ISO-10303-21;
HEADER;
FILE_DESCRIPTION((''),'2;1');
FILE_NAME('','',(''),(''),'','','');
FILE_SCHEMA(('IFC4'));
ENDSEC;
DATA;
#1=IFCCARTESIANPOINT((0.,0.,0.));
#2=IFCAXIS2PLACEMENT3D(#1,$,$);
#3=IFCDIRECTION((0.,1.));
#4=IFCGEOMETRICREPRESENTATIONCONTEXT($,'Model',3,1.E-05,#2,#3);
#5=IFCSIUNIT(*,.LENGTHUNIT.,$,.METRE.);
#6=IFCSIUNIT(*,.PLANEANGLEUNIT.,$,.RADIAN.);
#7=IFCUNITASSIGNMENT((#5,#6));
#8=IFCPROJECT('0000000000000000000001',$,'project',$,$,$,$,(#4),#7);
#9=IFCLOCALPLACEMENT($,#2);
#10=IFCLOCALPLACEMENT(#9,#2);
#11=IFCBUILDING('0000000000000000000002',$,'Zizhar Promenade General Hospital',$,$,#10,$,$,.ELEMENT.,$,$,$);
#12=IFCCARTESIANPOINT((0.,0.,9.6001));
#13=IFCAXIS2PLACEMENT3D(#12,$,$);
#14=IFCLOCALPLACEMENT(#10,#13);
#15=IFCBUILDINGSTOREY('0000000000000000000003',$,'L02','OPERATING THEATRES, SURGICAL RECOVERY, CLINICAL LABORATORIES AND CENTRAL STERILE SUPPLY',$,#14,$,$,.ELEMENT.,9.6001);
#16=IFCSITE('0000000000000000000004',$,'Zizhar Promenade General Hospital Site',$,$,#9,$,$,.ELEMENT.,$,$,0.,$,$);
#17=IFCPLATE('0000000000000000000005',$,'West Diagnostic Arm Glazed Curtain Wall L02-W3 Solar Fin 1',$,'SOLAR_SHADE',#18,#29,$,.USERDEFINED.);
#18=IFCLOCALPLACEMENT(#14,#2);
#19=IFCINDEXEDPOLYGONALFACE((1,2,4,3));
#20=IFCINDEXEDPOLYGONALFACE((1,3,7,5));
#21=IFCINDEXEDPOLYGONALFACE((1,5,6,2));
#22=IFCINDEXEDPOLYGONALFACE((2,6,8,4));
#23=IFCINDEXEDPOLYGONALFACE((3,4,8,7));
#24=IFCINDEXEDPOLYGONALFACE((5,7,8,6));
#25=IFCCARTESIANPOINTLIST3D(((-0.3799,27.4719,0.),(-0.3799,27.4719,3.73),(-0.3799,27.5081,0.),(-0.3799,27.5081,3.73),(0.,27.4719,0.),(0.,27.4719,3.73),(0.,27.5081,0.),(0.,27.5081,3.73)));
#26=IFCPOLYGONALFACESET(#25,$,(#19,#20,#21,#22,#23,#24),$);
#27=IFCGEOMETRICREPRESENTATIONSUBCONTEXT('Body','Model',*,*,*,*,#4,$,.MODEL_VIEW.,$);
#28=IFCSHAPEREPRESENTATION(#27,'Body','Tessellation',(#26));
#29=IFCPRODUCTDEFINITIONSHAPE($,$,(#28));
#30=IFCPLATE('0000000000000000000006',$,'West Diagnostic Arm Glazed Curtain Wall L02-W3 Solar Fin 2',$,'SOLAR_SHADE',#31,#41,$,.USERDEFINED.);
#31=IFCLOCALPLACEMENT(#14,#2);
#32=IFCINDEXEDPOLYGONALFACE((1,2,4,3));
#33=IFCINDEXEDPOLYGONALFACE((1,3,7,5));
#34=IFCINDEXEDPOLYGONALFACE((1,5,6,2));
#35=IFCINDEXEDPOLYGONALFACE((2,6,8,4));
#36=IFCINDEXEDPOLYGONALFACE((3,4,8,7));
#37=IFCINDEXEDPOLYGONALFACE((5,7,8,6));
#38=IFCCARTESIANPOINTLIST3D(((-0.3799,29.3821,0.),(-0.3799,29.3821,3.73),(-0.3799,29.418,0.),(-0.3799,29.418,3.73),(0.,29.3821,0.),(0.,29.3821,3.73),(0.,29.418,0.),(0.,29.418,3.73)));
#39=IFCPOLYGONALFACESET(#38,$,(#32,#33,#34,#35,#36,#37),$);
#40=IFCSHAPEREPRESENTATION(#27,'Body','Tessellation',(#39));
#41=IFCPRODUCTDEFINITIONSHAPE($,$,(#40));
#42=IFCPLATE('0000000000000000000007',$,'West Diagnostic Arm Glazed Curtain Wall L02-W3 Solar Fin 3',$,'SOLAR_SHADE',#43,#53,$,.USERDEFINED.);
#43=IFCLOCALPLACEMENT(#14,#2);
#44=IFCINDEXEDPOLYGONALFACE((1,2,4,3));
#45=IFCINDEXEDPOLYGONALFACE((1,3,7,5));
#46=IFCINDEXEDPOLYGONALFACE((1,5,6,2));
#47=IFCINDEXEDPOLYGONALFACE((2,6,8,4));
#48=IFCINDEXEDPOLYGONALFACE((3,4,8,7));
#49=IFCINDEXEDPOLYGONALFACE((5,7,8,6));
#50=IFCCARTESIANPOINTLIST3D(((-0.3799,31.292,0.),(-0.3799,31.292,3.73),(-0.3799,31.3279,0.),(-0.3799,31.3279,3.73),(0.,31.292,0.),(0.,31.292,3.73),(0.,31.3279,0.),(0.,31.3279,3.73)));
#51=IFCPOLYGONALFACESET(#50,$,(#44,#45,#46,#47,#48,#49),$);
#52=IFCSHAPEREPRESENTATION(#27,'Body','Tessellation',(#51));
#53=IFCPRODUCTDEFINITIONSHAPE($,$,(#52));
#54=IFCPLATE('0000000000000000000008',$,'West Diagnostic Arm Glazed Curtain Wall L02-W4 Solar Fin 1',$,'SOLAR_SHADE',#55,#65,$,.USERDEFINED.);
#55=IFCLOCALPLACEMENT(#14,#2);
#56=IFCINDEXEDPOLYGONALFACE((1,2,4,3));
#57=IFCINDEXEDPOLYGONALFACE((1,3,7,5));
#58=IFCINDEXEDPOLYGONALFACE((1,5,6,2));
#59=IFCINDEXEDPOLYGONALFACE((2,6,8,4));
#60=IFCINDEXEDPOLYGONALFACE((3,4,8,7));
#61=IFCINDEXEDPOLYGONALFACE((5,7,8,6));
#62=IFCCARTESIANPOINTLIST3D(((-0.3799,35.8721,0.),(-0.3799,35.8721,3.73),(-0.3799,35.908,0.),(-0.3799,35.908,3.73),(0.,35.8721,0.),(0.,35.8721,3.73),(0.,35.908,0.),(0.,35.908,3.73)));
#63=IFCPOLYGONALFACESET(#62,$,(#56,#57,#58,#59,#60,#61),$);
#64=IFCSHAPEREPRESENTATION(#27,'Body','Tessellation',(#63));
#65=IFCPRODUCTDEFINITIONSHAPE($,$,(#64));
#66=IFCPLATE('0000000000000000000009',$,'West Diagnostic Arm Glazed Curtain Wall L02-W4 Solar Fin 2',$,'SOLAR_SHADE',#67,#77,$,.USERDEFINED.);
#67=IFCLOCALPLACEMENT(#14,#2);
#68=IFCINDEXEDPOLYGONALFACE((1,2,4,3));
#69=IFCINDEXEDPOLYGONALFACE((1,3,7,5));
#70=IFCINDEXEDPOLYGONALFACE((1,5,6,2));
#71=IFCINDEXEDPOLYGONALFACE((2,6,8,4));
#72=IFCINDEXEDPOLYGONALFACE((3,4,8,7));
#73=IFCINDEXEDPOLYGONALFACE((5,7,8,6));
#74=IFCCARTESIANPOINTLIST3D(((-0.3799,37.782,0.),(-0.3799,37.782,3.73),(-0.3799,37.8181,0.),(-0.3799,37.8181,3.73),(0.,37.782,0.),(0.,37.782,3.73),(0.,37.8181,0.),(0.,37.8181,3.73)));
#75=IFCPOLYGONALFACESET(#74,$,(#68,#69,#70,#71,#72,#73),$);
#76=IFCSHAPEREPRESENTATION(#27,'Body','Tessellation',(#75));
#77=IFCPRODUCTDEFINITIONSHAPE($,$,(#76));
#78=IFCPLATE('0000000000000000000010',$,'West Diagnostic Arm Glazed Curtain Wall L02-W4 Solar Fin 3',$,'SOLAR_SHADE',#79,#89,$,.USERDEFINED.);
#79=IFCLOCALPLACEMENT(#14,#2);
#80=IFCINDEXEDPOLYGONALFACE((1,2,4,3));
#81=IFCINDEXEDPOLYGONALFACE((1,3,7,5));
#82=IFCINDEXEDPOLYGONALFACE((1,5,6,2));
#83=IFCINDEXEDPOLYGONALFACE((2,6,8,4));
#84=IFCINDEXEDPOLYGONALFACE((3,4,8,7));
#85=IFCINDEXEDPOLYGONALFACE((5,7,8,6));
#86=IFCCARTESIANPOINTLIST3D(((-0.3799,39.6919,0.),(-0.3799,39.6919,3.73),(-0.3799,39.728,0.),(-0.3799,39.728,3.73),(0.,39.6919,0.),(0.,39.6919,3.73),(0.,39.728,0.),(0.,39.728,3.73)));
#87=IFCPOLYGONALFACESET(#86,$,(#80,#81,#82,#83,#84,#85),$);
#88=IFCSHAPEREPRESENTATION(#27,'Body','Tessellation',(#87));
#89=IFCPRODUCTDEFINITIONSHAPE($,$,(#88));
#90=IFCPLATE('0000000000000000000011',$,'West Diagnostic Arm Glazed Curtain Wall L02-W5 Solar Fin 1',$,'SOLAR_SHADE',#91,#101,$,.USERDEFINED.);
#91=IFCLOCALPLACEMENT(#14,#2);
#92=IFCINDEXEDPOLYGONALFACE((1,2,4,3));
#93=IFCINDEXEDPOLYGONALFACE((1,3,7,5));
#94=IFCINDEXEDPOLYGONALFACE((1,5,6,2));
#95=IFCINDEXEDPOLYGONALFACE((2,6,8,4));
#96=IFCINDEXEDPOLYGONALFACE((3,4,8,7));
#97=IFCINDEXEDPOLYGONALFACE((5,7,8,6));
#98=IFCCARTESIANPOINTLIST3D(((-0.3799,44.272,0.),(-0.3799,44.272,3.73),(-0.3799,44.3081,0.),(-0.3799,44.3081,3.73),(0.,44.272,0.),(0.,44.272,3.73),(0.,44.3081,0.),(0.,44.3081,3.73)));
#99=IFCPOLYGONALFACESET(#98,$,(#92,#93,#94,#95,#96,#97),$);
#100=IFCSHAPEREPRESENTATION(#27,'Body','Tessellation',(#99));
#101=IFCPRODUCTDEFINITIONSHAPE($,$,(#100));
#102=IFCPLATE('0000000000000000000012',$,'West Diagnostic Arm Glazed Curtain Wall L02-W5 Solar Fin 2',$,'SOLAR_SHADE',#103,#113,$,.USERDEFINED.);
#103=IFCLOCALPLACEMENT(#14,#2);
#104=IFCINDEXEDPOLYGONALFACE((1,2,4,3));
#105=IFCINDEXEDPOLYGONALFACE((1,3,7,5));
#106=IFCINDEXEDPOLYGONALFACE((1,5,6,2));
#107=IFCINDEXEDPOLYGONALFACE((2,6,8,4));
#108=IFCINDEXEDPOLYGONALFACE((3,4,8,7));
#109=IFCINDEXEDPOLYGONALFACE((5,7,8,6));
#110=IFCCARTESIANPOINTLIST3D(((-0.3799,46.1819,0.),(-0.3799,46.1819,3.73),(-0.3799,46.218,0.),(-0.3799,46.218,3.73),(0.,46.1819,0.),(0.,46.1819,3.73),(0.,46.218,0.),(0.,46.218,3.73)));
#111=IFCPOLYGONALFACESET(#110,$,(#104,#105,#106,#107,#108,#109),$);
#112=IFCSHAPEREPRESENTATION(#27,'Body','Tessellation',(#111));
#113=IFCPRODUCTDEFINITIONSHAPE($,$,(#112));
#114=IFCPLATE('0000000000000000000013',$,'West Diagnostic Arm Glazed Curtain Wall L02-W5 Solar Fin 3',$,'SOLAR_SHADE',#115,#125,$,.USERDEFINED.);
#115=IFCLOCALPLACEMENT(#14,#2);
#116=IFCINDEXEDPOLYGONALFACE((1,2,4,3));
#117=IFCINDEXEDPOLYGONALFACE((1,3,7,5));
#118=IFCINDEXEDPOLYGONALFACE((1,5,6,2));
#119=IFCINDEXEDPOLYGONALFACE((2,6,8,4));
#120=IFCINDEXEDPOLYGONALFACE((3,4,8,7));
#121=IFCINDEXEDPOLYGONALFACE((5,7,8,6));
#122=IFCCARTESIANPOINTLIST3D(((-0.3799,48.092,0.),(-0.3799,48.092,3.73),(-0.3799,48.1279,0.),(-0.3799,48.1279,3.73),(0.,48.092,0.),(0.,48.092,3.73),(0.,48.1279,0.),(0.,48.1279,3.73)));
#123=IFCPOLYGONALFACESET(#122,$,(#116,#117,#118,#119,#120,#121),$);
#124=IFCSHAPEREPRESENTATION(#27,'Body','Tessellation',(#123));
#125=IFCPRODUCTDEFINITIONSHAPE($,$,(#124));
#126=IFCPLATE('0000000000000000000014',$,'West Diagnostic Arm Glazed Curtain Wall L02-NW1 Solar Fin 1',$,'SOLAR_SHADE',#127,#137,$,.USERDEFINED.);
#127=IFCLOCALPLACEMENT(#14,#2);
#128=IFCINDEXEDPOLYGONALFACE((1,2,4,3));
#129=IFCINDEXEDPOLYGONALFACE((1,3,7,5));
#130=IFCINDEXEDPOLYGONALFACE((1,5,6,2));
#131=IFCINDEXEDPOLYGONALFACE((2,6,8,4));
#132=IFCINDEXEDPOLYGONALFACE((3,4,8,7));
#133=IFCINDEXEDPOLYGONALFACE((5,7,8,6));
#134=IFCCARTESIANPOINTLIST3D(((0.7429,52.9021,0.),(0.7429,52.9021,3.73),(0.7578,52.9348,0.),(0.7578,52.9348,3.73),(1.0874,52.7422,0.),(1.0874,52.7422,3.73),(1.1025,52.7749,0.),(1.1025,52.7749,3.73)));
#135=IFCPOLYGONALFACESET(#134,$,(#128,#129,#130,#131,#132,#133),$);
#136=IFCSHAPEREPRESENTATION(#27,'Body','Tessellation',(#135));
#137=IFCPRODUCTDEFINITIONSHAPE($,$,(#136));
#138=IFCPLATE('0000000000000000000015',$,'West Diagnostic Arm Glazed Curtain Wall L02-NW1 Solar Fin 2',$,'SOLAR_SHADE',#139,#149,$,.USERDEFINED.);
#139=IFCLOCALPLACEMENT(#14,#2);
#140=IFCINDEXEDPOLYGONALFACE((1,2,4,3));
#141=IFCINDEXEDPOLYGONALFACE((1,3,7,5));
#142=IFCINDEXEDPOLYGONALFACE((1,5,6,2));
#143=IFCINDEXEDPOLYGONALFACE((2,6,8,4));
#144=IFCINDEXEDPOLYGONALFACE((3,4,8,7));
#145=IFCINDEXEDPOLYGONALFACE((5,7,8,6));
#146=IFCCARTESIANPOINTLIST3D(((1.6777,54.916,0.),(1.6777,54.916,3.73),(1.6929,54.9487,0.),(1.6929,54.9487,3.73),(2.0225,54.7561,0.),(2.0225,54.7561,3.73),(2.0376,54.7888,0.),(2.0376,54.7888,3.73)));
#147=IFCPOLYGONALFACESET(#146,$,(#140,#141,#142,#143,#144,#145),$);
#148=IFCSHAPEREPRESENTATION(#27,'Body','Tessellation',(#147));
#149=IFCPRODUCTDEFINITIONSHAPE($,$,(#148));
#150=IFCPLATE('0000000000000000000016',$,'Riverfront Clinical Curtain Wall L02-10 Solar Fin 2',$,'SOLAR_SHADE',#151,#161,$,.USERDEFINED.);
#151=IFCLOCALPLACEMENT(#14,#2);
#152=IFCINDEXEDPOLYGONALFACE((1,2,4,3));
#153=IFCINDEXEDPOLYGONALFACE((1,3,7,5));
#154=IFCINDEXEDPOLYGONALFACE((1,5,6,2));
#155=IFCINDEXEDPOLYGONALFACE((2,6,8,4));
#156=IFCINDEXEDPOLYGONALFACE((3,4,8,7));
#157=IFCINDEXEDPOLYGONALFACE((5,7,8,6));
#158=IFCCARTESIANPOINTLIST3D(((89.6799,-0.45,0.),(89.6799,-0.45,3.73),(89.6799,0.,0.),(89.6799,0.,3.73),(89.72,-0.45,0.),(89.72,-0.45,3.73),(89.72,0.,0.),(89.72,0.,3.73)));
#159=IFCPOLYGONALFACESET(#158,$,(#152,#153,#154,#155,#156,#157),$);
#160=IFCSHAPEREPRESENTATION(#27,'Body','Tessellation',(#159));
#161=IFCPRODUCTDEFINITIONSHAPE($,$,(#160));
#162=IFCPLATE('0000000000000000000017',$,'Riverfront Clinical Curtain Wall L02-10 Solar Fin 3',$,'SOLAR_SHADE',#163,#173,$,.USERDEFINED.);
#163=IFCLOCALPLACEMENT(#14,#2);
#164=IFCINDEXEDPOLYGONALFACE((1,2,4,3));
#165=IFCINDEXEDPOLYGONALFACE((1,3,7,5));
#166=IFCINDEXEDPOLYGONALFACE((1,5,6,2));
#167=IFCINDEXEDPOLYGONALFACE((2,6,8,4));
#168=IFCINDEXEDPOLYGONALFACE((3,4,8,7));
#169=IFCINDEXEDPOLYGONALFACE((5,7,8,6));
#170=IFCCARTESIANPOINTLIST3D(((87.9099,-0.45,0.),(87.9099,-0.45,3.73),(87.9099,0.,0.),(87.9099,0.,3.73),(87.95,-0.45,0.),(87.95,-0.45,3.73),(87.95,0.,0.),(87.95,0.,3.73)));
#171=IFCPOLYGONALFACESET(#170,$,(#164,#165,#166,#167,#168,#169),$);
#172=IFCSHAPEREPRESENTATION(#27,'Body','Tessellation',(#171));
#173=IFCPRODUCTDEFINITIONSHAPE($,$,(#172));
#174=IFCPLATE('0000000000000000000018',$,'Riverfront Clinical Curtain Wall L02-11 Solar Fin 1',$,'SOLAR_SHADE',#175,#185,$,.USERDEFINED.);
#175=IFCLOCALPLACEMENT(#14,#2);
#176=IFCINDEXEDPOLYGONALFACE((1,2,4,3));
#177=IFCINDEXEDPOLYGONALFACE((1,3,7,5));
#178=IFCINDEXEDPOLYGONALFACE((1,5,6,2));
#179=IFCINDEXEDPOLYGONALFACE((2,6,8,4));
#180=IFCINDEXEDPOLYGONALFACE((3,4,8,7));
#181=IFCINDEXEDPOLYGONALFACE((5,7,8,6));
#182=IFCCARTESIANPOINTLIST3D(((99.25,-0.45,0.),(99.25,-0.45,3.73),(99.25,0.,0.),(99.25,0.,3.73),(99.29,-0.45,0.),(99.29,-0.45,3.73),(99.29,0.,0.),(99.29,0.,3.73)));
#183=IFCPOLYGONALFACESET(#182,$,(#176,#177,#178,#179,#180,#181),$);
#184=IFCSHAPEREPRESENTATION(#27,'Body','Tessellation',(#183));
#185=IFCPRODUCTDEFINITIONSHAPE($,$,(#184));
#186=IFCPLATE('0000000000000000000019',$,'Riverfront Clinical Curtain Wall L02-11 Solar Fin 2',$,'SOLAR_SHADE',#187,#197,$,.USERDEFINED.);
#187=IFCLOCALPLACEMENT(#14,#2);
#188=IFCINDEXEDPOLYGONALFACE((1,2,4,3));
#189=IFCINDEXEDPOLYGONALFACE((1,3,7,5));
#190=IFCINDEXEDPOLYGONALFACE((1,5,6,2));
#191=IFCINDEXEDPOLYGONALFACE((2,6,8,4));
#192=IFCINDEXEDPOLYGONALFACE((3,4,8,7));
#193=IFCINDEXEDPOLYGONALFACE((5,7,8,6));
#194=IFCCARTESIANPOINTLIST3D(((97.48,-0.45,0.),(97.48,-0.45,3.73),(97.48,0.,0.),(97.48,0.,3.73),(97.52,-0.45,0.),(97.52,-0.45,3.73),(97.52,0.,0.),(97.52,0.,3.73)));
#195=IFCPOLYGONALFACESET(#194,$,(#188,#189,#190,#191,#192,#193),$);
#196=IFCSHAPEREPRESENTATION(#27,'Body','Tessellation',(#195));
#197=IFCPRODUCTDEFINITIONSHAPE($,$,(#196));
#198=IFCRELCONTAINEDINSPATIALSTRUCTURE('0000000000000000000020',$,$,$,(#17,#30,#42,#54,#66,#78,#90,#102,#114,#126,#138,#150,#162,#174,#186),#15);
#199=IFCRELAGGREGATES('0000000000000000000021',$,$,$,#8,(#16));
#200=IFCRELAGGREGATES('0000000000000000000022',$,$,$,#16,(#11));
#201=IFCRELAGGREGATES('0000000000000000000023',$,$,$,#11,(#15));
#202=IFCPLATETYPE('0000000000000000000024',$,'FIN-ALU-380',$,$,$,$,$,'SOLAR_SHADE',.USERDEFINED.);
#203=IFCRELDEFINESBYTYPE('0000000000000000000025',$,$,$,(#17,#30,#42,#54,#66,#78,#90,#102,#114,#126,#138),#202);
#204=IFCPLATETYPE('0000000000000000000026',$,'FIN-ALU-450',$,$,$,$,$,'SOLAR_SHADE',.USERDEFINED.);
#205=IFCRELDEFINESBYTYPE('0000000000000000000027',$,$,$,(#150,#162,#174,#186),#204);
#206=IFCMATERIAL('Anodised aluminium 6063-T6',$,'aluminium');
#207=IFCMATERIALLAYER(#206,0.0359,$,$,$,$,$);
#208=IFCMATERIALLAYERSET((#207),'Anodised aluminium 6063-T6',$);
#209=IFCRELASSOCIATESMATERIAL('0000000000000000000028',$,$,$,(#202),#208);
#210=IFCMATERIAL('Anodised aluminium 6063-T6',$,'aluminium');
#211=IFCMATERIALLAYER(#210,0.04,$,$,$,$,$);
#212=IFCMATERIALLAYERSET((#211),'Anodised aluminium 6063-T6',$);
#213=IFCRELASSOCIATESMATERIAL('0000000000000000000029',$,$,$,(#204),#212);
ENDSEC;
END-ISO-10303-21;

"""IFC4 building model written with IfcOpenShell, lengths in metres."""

from ifc_helpers import new_model, si_unit, direction, frame, origin, place, context, subcontext, project, spatial, polyline, outline, extrude, material, layer, layer_set, type_object, element, save


model = new_model("IFC4")

# Units and contexts
model_context = context("Model", 3, precision=1e-05, world=origin(), true_north=direction((0.0, 1.0)))
body_context = subcontext(model_context, "Body", "Model", "MODEL_VIEW")
ifc_project = project(units=[si_unit("LENGTHUNIT", "METRE"), si_unit("PLANEANGLEUNIT", "RADIAN")], contexts=[model_context])

# Site, building, storey
site_placement = place(None, origin())
site = spatial("IfcSite", under=ifc_project, at=site_placement, Name="Zizhar Promenade General Hospital Site", CompositionType="ELEMENT", RefElevation=0.0)
building_placement = place(site_placement, origin())
building = spatial("IfcBuilding", under=site, at=building_placement, Name="Zizhar Promenade General Hospital", CompositionType="ELEMENT")
storey_placement = place(building_placement, frame((0.0, 0.0, 9.6001)))
storey = spatial("IfcBuildingStorey", under=building, at=storey_placement, Name="L02", Description="OPERATING THEATRES, SURGICAL RECOVERY, CLINICAL LABORATORIES AND CENTRAL STERILE SUPPLY", CompositionType="ELEMENT", Elevation=9.6001)

# Plates
ifc_material_1 = material(Name="Anodised aluminium 6063-T6", Category="aluminium")
ifc_layer_1 = layer(ifc_material_1, 0.0359)
ifc_layer_set_1 = layer_set([ifc_layer_1], Name="Anodised aluminium 6063-T6")
plate_type_1 = type_object("IfcPlateType", Name="FIN-ALU-380", ElementType="SOLAR_SHADE", PredefinedType="USERDEFINED", material=ifc_layer_set_1)
plate_1_placement = place(storey_placement, origin())
element("IfcPlate", 1, at=plate_1_placement, inside=storey, type_object=plate_type_1, Name="West Diagnostic Arm Glazed Curtain Wall L02-W3 Solar Fin 1", ObjectType="SOLAR_SHADE", PredefinedType="USERDEFINED", context=body_context, shape_type="SweptSolid", body=[
    extrude(outline(polyline([(0.0, 27.4719), (0.0, 27.5081), (-0.3799, 27.5081), (-0.3799, 27.4719), (0.0, 27.4719)])), origin(), (0.0, 0.0, 1.0), 3.73),
])
plate_2_placement = place(storey_placement, origin())
element("IfcPlate", 2, at=plate_2_placement, inside=storey, type_object=plate_type_1, Name="West Diagnostic Arm Glazed Curtain Wall L02-W3 Solar Fin 2", ObjectType="SOLAR_SHADE", PredefinedType="USERDEFINED", context=body_context, shape_type="SweptSolid", body=[
    extrude(outline(polyline([(0.0, 29.3821), (0.0, 29.418), (-0.3799, 29.418), (-0.3799, 29.3821), (0.0, 29.3821)])), origin(), (0.0, 0.0, 1.0), 3.73),
])
plate_3_placement = place(storey_placement, origin())
element("IfcPlate", 3, at=plate_3_placement, inside=storey, type_object=plate_type_1, Name="West Diagnostic Arm Glazed Curtain Wall L02-W3 Solar Fin 3", ObjectType="SOLAR_SHADE", PredefinedType="USERDEFINED", context=body_context, shape_type="SweptSolid", body=[
    extrude(outline(polyline([(0.0, 31.292), (0.0, 31.3279), (-0.3799, 31.3279), (-0.3799, 31.292), (0.0, 31.292)])), origin(), (0.0, 0.0, 1.0), 3.73),
])
plate_4_placement = place(storey_placement, origin())
element("IfcPlate", 4, at=plate_4_placement, inside=storey, type_object=plate_type_1, Name="West Diagnostic Arm Glazed Curtain Wall L02-W4 Solar Fin 1", ObjectType="SOLAR_SHADE", PredefinedType="USERDEFINED", context=body_context, shape_type="SweptSolid", body=[
    extrude(outline(polyline([(0.0, 35.8721), (0.0, 35.908), (-0.3799, 35.908), (-0.3799, 35.8721), (0.0, 35.8721)])), origin(), (0.0, 0.0, 1.0), 3.73),
])
plate_5_placement = place(storey_placement, origin())
element("IfcPlate", 5, at=plate_5_placement, inside=storey, type_object=plate_type_1, Name="West Diagnostic Arm Glazed Curtain Wall L02-W4 Solar Fin 2", ObjectType="SOLAR_SHADE", PredefinedType="USERDEFINED", context=body_context, shape_type="SweptSolid", body=[
    extrude(outline(polyline([(0.0, 37.782), (0.0, 37.8181), (-0.3799, 37.8181), (-0.3799, 37.782), (0.0, 37.782)])), origin(), (0.0, 0.0, 1.0), 3.73),
])
plate_6_placement = place(storey_placement, origin())
element("IfcPlate", 6, at=plate_6_placement, inside=storey, type_object=plate_type_1, Name="West Diagnostic Arm Glazed Curtain Wall L02-W4 Solar Fin 3", ObjectType="SOLAR_SHADE", PredefinedType="USERDEFINED", context=body_context, shape_type="SweptSolid", body=[
    extrude(outline(polyline([(0.0, 39.6919), (0.0, 39.728), (-0.3799, 39.728), (-0.3799, 39.6919), (0.0, 39.6919)])), origin(), (0.0, 0.0, 1.0), 3.73),
])
plate_7_placement = place(storey_placement, origin())
element("IfcPlate", 7, at=plate_7_placement, inside=storey, type_object=plate_type_1, Name="West Diagnostic Arm Glazed Curtain Wall L02-W5 Solar Fin 1", ObjectType="SOLAR_SHADE", PredefinedType="USERDEFINED", context=body_context, shape_type="SweptSolid", body=[
    extrude(outline(polyline([(0.0, 44.272), (0.0, 44.3081), (-0.3799, 44.3081), (-0.3799, 44.272), (0.0, 44.272)])), origin(), (0.0, 0.0, 1.0), 3.73),
])
plate_8_placement = place(storey_placement, origin())
element("IfcPlate", 8, at=plate_8_placement, inside=storey, type_object=plate_type_1, Name="West Diagnostic Arm Glazed Curtain Wall L02-W5 Solar Fin 2", ObjectType="SOLAR_SHADE", PredefinedType="USERDEFINED", context=body_context, shape_type="SweptSolid", body=[
    extrude(outline(polyline([(0.0, 46.1819), (0.0, 46.218), (-0.3799, 46.218), (-0.3799, 46.1819), (0.0, 46.1819)])), origin(), (0.0, 0.0, 1.0), 3.73),
])
plate_9_placement = place(storey_placement, origin())
element("IfcPlate", 9, at=plate_9_placement, inside=storey, type_object=plate_type_1, Name="West Diagnostic Arm Glazed Curtain Wall L02-W5 Solar Fin 3", ObjectType="SOLAR_SHADE", PredefinedType="USERDEFINED", context=body_context, shape_type="SweptSolid", body=[
    extrude(outline(polyline([(0.0, 48.092), (0.0, 48.1279), (-0.3799, 48.1279), (-0.3799, 48.092), (0.0, 48.092)])), origin(), (0.0, 0.0, 1.0), 3.73),
])
plate_10_placement = place(storey_placement, origin())
element("IfcPlate", 10, at=plate_10_placement, inside=storey, type_object=plate_type_1, Name="West Diagnostic Arm Glazed Curtain Wall L02-NW1 Solar Fin 1", ObjectType="SOLAR_SHADE", PredefinedType="USERDEFINED", context=body_context, shape_type="SweptSolid", body=[
    extrude(outline(polyline([(1.0874, 52.7422), (1.1025, 52.7749), (0.7578, 52.9348), (0.7429, 52.9021), (1.0874, 52.7422)])), origin(), (0.0, 0.0, 1.0), 3.73),
])
plate_11_placement = place(storey_placement, origin())
element("IfcPlate", 11, at=plate_11_placement, inside=storey, type_object=plate_type_1, Name="West Diagnostic Arm Glazed Curtain Wall L02-NW1 Solar Fin 2", ObjectType="SOLAR_SHADE", PredefinedType="USERDEFINED", context=body_context, shape_type="SweptSolid", body=[
    extrude(outline(polyline([(2.0225, 54.7561), (2.0376, 54.7888), (1.6929, 54.9487), (1.6777, 54.916), (2.0225, 54.7561)])), origin(), (0.0, 0.0, 1.0), 3.73),
])
ifc_material_2 = material(Name="Anodised aluminium 6063-T6", Category="aluminium")
ifc_layer_2 = layer(ifc_material_2, 0.04)
ifc_layer_set_2 = layer_set([ifc_layer_2], Name="Anodised aluminium 6063-T6")
plate_type_2 = type_object("IfcPlateType", Name="FIN-ALU-450", ElementType="SOLAR_SHADE", PredefinedType="USERDEFINED", material=ifc_layer_set_2)
plate_12_placement = place(storey_placement, origin())
element("IfcPlate", 12, at=plate_12_placement, inside=storey, type_object=plate_type_2, Name="Riverfront Clinical Curtain Wall L02-10 Solar Fin 2", ObjectType="SOLAR_SHADE", PredefinedType="USERDEFINED", context=body_context, shape_type="SweptSolid", body=[
    extrude(outline(polyline([(89.72, 0.0), (89.6799, 0.0), (89.6799, -0.45), (89.72, -0.45), (89.72, 0.0)])), origin(), (0.0, 0.0, 1.0), 3.73),
])
plate_13_placement = place(storey_placement, origin())
element("IfcPlate", 13, at=plate_13_placement, inside=storey, type_object=plate_type_2, Name="Riverfront Clinical Curtain Wall L02-10 Solar Fin 3", ObjectType="SOLAR_SHADE", PredefinedType="USERDEFINED", context=body_context, shape_type="SweptSolid", body=[
    extrude(outline(polyline([(87.95, 0.0), (87.9099, 0.0), (87.9099, -0.45), (87.95, -0.45), (87.95, 0.0)])), origin(), (0.0, 0.0, 1.0), 3.73),
])
plate_14_placement = place(storey_placement, origin())
element("IfcPlate", 14, at=plate_14_placement, inside=storey, type_object=plate_type_2, Name="Riverfront Clinical Curtain Wall L02-11 Solar Fin 1", ObjectType="SOLAR_SHADE", PredefinedType="USERDEFINED", context=body_context, shape_type="SweptSolid", body=[
    extrude(outline(polyline([(99.29, 0.0), (99.25, 0.0), (99.25, -0.45), (99.29, -0.45), (99.29, 0.0)])), origin(), (0.0, 0.0, 1.0), 3.73),
])
plate_15_placement = place(storey_placement, origin())
element("IfcPlate", 15, at=plate_15_placement, inside=storey, type_object=plate_type_2, Name="Riverfront Clinical Curtain Wall L02-11 Solar Fin 2", ObjectType="SOLAR_SHADE", PredefinedType="USERDEFINED", context=body_context, shape_type="SweptSolid", body=[
    extrude(outline(polyline([(97.52, 0.0), (97.48, 0.0), (97.48, -0.45), (97.52, -0.45), (97.52, 0.0)])), origin(), (0.0, 0.0, 1.0), 3.73),
])

save(model, "model.ifc")
